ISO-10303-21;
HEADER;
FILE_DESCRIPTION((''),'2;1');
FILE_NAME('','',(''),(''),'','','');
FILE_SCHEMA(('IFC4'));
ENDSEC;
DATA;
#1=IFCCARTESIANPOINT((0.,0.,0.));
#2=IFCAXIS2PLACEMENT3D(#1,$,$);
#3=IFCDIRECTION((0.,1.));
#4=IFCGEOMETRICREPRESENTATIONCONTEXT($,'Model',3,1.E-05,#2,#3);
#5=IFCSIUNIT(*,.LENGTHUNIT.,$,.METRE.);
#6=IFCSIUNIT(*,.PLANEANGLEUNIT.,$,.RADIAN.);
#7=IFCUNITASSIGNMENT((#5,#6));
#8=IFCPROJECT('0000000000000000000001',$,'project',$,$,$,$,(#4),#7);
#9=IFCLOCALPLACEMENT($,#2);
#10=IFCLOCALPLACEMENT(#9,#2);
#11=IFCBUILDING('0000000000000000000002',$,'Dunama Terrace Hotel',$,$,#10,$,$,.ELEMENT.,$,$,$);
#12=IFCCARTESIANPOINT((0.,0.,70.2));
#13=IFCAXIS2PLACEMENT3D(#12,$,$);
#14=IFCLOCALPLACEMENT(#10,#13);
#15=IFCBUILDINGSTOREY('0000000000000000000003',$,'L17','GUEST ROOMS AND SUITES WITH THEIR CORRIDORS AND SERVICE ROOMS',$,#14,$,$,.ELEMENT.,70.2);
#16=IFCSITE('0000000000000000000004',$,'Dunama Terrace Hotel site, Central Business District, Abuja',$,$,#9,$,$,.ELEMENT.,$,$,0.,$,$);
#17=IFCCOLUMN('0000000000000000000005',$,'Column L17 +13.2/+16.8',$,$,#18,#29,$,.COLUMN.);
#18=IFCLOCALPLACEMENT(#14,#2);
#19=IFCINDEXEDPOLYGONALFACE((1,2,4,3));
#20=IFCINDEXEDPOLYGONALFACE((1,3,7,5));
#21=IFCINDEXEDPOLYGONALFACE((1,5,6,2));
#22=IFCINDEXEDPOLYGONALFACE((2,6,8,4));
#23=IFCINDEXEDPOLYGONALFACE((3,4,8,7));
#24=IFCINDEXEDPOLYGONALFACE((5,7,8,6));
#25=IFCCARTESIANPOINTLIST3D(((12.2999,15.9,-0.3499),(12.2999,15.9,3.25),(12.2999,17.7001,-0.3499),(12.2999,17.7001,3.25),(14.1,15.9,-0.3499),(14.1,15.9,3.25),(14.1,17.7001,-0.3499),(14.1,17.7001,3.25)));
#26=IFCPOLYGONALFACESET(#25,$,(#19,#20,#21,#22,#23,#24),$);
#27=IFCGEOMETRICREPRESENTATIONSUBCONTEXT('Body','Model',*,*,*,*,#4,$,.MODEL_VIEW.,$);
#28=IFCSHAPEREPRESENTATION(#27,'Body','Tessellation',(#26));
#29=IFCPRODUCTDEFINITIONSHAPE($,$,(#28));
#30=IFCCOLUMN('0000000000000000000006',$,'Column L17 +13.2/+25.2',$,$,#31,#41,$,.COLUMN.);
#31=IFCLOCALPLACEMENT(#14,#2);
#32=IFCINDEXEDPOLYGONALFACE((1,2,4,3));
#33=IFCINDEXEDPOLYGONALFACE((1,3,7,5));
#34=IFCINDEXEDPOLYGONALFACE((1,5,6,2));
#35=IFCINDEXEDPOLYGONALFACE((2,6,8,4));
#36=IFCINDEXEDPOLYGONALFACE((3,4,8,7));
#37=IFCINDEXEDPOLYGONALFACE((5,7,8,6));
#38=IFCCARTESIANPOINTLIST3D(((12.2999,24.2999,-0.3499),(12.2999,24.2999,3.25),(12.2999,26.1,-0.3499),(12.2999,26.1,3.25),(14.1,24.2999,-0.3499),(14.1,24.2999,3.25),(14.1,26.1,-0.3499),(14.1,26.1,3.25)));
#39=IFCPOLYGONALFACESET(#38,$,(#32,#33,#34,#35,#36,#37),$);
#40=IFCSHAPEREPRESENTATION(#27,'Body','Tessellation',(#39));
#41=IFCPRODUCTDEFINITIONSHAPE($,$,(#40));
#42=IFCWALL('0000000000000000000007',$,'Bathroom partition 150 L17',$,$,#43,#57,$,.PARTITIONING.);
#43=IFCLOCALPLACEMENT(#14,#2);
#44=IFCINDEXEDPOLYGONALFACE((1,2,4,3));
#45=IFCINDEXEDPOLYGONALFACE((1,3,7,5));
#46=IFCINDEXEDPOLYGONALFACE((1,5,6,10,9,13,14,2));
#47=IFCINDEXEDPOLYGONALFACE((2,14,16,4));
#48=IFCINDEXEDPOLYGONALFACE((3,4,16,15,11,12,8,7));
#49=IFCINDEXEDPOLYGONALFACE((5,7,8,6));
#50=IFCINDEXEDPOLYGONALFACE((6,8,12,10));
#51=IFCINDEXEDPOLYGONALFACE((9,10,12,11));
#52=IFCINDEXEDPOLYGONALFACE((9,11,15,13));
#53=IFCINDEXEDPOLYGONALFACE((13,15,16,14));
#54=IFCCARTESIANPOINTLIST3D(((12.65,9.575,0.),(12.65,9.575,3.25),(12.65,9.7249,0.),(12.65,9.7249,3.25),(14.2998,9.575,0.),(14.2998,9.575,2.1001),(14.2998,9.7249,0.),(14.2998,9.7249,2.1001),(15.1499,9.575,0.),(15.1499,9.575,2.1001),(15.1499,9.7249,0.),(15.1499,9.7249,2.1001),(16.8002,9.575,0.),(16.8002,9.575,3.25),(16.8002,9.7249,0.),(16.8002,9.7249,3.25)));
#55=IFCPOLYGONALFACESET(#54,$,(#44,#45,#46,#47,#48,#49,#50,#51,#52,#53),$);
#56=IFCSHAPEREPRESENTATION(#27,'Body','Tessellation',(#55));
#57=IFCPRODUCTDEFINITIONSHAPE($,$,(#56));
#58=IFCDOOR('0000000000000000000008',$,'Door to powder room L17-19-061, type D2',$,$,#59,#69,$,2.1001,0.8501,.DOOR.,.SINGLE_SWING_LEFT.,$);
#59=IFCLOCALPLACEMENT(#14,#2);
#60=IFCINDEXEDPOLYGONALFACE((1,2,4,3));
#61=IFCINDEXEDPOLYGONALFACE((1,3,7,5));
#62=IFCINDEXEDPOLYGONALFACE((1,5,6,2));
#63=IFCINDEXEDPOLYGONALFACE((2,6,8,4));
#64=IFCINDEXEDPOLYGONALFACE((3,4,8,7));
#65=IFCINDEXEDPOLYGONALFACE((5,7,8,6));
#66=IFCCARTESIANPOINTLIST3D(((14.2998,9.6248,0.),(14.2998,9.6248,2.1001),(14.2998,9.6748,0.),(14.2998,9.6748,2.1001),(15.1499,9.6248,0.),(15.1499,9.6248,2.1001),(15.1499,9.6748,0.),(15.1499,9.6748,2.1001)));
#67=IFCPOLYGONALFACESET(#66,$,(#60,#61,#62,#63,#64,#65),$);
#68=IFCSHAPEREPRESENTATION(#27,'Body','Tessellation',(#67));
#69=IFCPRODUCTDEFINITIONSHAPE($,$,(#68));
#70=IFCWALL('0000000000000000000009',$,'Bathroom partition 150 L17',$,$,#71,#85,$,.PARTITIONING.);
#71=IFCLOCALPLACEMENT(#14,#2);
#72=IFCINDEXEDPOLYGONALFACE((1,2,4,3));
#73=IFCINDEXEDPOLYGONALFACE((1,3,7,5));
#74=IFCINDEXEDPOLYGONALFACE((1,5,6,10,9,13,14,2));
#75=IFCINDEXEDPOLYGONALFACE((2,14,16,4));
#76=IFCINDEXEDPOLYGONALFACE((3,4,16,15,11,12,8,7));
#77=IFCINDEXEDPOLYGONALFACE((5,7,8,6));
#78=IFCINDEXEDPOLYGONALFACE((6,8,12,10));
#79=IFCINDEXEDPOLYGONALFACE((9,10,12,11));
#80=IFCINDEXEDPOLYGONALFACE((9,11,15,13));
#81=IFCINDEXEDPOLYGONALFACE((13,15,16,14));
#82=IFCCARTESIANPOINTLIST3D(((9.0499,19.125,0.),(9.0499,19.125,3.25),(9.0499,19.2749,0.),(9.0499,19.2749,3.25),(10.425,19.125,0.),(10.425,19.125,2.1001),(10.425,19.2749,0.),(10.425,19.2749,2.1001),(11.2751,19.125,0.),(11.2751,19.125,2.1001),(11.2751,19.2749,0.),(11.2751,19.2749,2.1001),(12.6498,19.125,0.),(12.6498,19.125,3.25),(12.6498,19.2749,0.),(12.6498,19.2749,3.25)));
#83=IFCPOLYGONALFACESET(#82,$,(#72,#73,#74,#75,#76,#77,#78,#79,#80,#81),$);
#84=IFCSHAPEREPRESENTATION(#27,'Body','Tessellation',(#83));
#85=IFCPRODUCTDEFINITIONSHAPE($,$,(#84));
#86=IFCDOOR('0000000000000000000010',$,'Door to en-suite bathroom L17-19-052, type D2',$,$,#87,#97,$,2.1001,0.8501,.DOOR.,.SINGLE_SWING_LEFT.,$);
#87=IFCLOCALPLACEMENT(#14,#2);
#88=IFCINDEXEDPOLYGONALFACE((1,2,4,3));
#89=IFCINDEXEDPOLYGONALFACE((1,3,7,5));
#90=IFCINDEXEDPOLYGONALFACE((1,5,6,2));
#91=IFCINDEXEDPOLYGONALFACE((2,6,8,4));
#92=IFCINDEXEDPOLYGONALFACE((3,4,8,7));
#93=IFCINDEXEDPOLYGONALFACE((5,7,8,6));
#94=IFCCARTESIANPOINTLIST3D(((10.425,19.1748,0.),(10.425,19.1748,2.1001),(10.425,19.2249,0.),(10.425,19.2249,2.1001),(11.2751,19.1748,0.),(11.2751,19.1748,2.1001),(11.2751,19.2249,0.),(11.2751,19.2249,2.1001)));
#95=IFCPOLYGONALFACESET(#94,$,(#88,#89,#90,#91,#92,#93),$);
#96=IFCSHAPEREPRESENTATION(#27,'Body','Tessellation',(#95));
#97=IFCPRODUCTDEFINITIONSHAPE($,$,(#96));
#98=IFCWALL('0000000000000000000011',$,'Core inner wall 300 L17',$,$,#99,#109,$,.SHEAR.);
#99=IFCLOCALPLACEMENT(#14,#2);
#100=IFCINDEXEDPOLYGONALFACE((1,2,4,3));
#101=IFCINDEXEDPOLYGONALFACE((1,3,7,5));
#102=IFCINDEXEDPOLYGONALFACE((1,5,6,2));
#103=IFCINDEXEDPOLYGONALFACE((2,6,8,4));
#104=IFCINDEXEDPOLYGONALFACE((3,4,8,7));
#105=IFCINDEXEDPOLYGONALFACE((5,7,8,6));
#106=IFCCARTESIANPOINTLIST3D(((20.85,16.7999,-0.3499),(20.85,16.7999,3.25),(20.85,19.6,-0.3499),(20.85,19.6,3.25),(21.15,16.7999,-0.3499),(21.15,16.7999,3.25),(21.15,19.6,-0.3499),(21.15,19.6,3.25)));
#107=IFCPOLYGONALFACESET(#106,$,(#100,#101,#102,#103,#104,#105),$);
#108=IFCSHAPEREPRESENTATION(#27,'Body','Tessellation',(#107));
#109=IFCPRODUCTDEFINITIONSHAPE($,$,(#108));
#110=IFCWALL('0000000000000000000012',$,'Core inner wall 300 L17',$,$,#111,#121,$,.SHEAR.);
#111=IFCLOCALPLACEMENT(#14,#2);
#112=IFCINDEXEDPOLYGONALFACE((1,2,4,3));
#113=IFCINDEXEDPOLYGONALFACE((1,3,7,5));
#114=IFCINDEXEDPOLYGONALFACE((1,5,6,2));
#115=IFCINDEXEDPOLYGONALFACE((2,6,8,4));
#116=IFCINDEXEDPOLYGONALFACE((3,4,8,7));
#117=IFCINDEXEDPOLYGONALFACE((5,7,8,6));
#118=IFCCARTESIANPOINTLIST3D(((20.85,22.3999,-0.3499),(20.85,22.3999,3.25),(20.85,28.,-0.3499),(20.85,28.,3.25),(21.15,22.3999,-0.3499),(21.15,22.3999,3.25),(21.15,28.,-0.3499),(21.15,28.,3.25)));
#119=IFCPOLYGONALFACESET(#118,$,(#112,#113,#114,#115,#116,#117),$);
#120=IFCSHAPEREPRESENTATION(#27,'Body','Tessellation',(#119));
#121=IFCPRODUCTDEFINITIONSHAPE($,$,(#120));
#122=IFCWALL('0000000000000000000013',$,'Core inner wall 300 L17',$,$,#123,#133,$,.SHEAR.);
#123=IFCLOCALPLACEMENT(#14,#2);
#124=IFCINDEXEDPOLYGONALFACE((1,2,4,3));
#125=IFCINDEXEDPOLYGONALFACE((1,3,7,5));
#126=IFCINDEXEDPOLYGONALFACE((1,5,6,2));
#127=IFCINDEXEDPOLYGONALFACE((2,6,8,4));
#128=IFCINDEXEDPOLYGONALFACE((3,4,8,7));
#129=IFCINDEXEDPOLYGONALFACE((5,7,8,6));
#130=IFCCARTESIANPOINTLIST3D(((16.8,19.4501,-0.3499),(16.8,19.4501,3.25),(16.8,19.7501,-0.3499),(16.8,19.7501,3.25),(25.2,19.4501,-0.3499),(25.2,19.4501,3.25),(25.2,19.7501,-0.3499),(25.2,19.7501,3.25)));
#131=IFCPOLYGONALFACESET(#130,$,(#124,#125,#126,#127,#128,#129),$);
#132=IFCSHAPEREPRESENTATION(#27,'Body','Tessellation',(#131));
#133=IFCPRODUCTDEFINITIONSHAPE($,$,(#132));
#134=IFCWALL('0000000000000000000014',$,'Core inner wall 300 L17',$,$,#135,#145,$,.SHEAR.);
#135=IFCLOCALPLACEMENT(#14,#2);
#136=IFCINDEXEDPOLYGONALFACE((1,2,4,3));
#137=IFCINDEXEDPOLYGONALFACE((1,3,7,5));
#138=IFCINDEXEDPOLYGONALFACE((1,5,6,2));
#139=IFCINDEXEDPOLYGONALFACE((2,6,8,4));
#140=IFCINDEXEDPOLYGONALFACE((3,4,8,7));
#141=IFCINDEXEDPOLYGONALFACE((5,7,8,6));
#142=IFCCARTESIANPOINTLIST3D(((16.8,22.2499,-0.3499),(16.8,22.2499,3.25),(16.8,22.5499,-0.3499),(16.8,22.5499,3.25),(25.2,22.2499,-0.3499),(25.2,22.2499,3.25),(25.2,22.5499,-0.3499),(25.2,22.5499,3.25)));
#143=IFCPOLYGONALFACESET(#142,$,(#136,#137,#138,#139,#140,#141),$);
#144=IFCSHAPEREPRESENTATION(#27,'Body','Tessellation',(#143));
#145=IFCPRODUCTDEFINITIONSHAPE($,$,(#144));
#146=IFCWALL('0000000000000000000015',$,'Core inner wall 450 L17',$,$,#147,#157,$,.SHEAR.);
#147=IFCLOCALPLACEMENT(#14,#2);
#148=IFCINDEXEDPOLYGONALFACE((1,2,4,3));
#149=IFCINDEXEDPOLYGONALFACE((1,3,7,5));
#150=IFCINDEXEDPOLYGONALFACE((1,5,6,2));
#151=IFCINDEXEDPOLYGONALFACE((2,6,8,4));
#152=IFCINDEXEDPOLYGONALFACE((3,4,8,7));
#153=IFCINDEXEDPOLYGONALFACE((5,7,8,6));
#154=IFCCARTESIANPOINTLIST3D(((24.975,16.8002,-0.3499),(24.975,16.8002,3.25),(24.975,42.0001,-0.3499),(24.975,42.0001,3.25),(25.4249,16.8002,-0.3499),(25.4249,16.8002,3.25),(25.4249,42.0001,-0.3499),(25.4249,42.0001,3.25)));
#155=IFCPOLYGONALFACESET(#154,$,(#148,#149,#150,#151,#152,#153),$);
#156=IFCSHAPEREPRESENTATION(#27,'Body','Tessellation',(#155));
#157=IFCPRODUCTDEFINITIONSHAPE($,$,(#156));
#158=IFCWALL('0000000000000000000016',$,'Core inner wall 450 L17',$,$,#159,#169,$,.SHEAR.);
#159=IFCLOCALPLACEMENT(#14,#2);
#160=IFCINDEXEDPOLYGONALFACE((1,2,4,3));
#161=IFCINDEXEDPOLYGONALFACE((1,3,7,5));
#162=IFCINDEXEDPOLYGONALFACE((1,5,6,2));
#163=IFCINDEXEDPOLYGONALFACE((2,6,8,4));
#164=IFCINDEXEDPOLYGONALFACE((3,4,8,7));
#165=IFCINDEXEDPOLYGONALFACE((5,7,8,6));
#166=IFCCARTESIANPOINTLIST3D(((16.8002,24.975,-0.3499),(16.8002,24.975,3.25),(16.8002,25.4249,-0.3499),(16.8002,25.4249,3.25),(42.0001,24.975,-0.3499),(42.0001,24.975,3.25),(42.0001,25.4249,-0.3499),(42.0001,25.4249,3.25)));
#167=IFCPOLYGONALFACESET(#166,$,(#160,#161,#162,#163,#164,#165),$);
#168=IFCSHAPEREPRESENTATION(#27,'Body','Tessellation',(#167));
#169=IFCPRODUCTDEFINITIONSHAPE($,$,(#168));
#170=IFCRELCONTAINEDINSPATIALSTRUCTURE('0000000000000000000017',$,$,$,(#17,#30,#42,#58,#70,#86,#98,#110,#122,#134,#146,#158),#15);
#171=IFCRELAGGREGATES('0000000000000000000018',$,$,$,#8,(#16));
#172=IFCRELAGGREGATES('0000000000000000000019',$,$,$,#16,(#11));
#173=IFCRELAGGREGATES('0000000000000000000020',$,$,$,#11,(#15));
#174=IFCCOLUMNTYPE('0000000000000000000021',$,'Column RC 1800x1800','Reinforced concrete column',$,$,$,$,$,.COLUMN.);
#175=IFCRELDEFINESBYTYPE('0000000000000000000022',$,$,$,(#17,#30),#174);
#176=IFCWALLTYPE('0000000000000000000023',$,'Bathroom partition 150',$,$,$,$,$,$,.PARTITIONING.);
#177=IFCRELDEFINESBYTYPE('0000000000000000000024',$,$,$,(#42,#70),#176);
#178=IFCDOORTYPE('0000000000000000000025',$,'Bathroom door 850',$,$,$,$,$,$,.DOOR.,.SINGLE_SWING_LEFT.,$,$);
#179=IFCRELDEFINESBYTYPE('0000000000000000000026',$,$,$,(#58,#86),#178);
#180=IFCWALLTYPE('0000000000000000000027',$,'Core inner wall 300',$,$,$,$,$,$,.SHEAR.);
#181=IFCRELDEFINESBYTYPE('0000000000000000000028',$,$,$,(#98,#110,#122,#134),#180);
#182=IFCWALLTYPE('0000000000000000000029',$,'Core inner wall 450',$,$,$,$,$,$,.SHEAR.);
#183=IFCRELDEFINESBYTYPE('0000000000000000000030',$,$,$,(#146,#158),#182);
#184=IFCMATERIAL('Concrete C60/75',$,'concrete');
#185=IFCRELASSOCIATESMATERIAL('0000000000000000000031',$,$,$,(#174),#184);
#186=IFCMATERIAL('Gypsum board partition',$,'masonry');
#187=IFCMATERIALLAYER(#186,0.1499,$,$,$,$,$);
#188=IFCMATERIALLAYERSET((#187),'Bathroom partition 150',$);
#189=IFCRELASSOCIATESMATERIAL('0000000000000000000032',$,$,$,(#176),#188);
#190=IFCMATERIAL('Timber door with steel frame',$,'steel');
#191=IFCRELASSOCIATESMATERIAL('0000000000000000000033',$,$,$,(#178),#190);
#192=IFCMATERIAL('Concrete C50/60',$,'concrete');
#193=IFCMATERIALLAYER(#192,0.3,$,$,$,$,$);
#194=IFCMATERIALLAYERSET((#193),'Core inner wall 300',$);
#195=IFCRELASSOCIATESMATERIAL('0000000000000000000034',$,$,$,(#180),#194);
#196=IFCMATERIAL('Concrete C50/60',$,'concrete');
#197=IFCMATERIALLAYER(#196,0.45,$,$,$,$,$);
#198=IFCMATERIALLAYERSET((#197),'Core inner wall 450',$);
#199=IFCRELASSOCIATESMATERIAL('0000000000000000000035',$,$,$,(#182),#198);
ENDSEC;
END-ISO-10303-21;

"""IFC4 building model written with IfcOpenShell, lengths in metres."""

from ifc_helpers import new_model, si_unit, direction, frame, frame_2d, origin, origin_2d, place, context, subcontext, project, spatial, rectangle, extrude, material, layer, layer_set, material_profile, profile_set, type_object, element, fill, save


model = new_model("IFC4")

# Units and contexts
model_context = context("Model", 3, precision=1e-05, world=origin(), true_north=direction((0.0, 1.0)))
body_context = subcontext(model_context, "Body", "Model", "MODEL_VIEW")
ifc_project = project(units=[si_unit("LENGTHUNIT", "METRE"), si_unit("PLANEANGLEUNIT", "RADIAN")], contexts=[model_context])

# Site, building, storey
site_placement = place(None, origin())
site = spatial("IfcSite", under=ifc_project, at=site_placement, Name="Dunama Terrace Hotel site, Central Business District, Abuja", CompositionType="ELEMENT", RefElevation=0.0)
building_placement = place(site_placement, origin())
building = spatial("IfcBuilding", under=site, at=building_placement, Name="Dunama Terrace Hotel", CompositionType="ELEMENT")
storey_placement = place(building_placement, frame((0.0, 0.0, 70.2)))
storey = spatial("IfcBuildingStorey", under=building, at=storey_placement, Name="L17", Description="GUEST ROOMS AND SUITES WITH THEIR CORRIDORS AND SERVICE ROOMS", CompositionType="ELEMENT", Elevation=70.2)

# Columns
ifc_material_1 = material(Name="Concrete C60/75", Category="concrete")
ifc_material_profile = material_profile(ifc_material_1, rectangle(XDim=1.8, YDim=1.8, at=origin_2d()), Name="RC 1800x1800")
ifc_profile_set = profile_set([ifc_material_profile], Name="Concrete C60/75")
column_type = type_object("IfcColumnType", Name="Column RC 1800x1800", Description="Reinforced concrete column", PredefinedType="COLUMN", material=ifc_profile_set)
for number, where, z_axis, x_axis, name in (
    (1, (13.2, 16.8, -0.3499), (0.0, 0.0, 1.0), (1.0, 0.0, 0.0), "Column L17 +13.2/+16.8"),
    (2, (13.2, 25.2, -0.3499), (0.0, 0.0, 1.0), (1.0, 0.0, 0.0), "Column L17 +13.2/+25.2"),
):
    element("IfcColumn", number, at=place(storey_placement, frame(where, z_axis=z_axis, x_axis=x_axis)), inside=storey, type_object=column_type, Name=name, PredefinedType="COLUMN", context=body_context, shape_type="SweptSolid", body=[
        extrude(rectangle(XDim=1.8, YDim=1.8, at=origin_2d()), origin(), (0.0, 0.0, 1.0), 3.5999),
    ])

# Walls, openings, doors
ifc_material_2 = material(Name="Gypsum board partition", Category="masonry")
ifc_layer_1 = layer(ifc_material_2, 0.1499)
ifc_layer_set_1 = layer_set([ifc_layer_1], Name="Bathroom partition 150")
wall_type_1 = type_object("IfcWallType", Name="Bathroom partition 150", PredefinedType="PARTITIONING", material=ifc_layer_set_1)
wall_1_placement = place(storey_placement, frame((12.6499, 9.6499, 0.0), z_axis=(0.0, 0.0, 1.0), x_axis=(1.0, 0.0, 0.0)))
wall_1 = element("IfcWall", 3, at=wall_1_placement, inside=storey, type_object=wall_type_1, Name="Bathroom partition 150 L17", PredefinedType="PARTITIONING", context=body_context, shape_type="SweptSolid", body=[
    extrude(rectangle(XDim=4.1501, YDim=0.1499, at=frame_2d((2.0752, 0.0))), origin(), (0.0, 0.0, 1.0), 3.25),
])
opening_1_placement = place(wall_1_placement, frame((1.6499, 0.0, 0.0)))
opening_1 = element("IfcOpeningElement", 4, at=opening_1_placement, cuts=wall_1, PredefinedType="OPENING", context=body_context, shape_type="SweptSolid", body=[
    extrude(rectangle(XDim=0.8501, YDim=2.1001, at=frame_2d((0.425, 1.05))), frame((0.0, 0.085, 0.0), z_axis=(0.0, -1.0, 0.0), x_axis=(1.0, 0.0, 0.0)), (0.0, 0.0, 1.0), 0.1699),
])
ifc_material_3 = material(Name="Timber door with steel frame", Category="steel")
door_type_1 = type_object("IfcDoorType", Name="Bathroom door 850", OperationType="SINGLE_SWING_LEFT", PredefinedType="DOOR", material=ifc_material_3)
door_1_placement = place(opening_1_placement, origin())
door_1 = element("IfcDoor", 5, at=door_1_placement, inside=storey, type_object=door_type_1, Name="Door to powder room L17-19-061, type D2", OperationType="SINGLE_SWING_LEFT", OverallHeight=2.1001, OverallWidth=0.8501, PredefinedType="DOOR", context=body_context, shape_type="SweptSolid", body=[
    extrude(rectangle(XDim=0.8501, YDim=2.1001, at=frame_2d((0.425, 1.05))), frame((0.0, 0.0249, 0.0), z_axis=(0.0, -1.0, 0.0), x_axis=(1.0, 0.0, 0.0)), (0.0, 0.0, 1.0), 0.05),
])
fill(opening_1, door_1)
wall_2_placement = place(storey_placement, frame((9.05, 19.2, 0.0), z_axis=(0.0, 0.0, 1.0), x_axis=(1.0, 0.0, 0.0)))
wall_2 = element("IfcWall", 6, at=wall_2_placement, inside=storey, type_object=wall_type_1, Name="Bathroom partition 150 L17", PredefinedType="PARTITIONING", context=body_context, shape_type="SweptSolid", body=[
    extrude(rectangle(XDim=3.5999, YDim=0.1499, at=frame_2d((1.7998, 0.0))), origin(), (0.0, 0.0, 1.0), 3.25),
])
opening_2_placement = place(wall_2_placement, frame((1.375, 0.0, 0.0)))
opening_2 = element("IfcOpeningElement", 7, at=opening_2_placement, cuts=wall_2, PredefinedType="OPENING", context=body_context, shape_type="SweptSolid", body=[
    extrude(rectangle(XDim=0.8501, YDim=2.1001, at=frame_2d((0.425, 1.05))), frame((0.0, 0.085, 0.0), z_axis=(0.0, -1.0, 0.0), x_axis=(1.0, 0.0, 0.0)), (0.0, 0.0, 1.0), 0.1699),
])
door_2_placement = place(opening_2_placement, frame((0.8501, 0.0, 0.0), z_axis=(0.0, 0.0, 1.0), x_axis=(-1.0, 0.0, 0.0)))
door_2 = element("IfcDoor", 8, at=door_2_placement, inside=storey, type_object=door_type_1, Name="Door to en-suite bathroom L17-19-052, type D2", OperationType="SINGLE_SWING_LEFT", OverallHeight=2.1001, OverallWidth=0.8501, PredefinedType="DOOR", context=body_context, shape_type="SweptSolid", body=[
    extrude(rectangle(XDim=0.8501, YDim=2.1001, at=frame_2d((0.425, 1.05))), frame((0.0, 0.0251, 0.0), z_axis=(0.0, -1.0, 0.0), x_axis=(1.0, 0.0, 0.0)), (0.0, 0.0, 1.0), 0.05),
])
fill(opening_2, door_2)

# Walls
ifc_material_4 = material(Name="Concrete C50/60", Category="concrete")
ifc_layer_2 = layer(ifc_material_4, 0.3)
ifc_layer_set_2 = layer_set([ifc_layer_2], Name="Core inner wall 300")
wall_type_2 = type_object("IfcWallType", Name="Core inner wall 300", PredefinedType="SHEAR", material=ifc_layer_set_2)
wall_3_placement = place(storey_placement, frame((21.0, 16.8, -0.3499), z_axis=(0.0, 0.0, 1.0), x_axis=(0.0, 1.0, 0.0)))
element("IfcWall", 9, at=wall_3_placement, inside=storey, type_object=wall_type_2, Name="Core inner wall 300 L17", PredefinedType="SHEAR", context=body_context, shape_type="SweptSolid", body=[
    extrude(rectangle(XDim=2.8, YDim=0.3, at=frame_2d((1.3999, 0.0))), origin(), (0.0, 0.0, 1.0), 3.5999),
])
wall_4_placement = place(storey_placement, frame((21.0, 22.3999, -0.3499), z_axis=(0.0, 0.0, 1.0), x_axis=(0.0, 1.0, 0.0)))
element("IfcWall", 10, at=wall_4_placement, inside=storey, type_object=wall_type_2, Name="Core inner wall 300 L17", PredefinedType="SHEAR", context=body_context, shape_type="SweptSolid", body=[
    extrude(rectangle(XDim=5.6001, YDim=0.3, at=frame_2d((2.8, 0.0))), origin(), (0.0, 0.0, 1.0), 3.5999),
])
for number, where, z_axis, x_axis, name in (
    (11, (16.8, 19.6001, -0.3499), (0.0, 0.0, 1.0), (1.0, 0.0, 0.0), "Core inner wall 300 L17"),
    (12, (16.8, 22.3999, -0.3499), (0.0, 0.0, 1.0), (1.0, 0.0, 0.0), "Core inner wall 300 L17"),
):
    element("IfcWall", number, at=place(storey_placement, frame(where, z_axis=z_axis, x_axis=x_axis)), inside=storey, type_object=wall_type_2, Name=name, PredefinedType="SHEAR", context=body_context, shape_type="SweptSolid", body=[
        extrude(rectangle(XDim=8.3999, YDim=0.3, at=frame_2d((4.2, 0.0))), origin(), (0.0, 0.0, 1.0), 3.5999),
    ])
ifc_material_5 = material(Name="Concrete C50/60", Category="concrete")
ifc_layer_3 = layer(ifc_material_5, 0.45)
ifc_layer_set_3 = layer_set([ifc_layer_3], Name="Core inner wall 450")
wall_type_3 = type_object("IfcWallType", Name="Core inner wall 450", PredefinedType="SHEAR", material=ifc_layer_set_3)
for number, where, z_axis, x_axis, name in (
    (13, (25.2, 16.8, -0.3499), (0.0, 0.0, 1.0), (0.0, 1.0, 0.0), "Core inner wall 450 L17"),
    (14, (16.8, 25.2, -0.3499), (0.0, 0.0, 1.0), (1.0, 0.0, 0.0), "Core inner wall 450 L17"),
):
    element("IfcWall", number, at=place(storey_placement, frame(where, z_axis=z_axis, x_axis=x_axis)), inside=storey, type_object=wall_type_3, Name=name, PredefinedType="SHEAR", context=body_context, shape_type="SweptSolid", body=[
        extrude(rectangle(XDim=25.2, YDim=0.45, at=frame_2d((12.6001, 0.0))), origin(), (0.0, 0.0, 1.0), 3.5999),
    ])

save(model, "model.ifc")
